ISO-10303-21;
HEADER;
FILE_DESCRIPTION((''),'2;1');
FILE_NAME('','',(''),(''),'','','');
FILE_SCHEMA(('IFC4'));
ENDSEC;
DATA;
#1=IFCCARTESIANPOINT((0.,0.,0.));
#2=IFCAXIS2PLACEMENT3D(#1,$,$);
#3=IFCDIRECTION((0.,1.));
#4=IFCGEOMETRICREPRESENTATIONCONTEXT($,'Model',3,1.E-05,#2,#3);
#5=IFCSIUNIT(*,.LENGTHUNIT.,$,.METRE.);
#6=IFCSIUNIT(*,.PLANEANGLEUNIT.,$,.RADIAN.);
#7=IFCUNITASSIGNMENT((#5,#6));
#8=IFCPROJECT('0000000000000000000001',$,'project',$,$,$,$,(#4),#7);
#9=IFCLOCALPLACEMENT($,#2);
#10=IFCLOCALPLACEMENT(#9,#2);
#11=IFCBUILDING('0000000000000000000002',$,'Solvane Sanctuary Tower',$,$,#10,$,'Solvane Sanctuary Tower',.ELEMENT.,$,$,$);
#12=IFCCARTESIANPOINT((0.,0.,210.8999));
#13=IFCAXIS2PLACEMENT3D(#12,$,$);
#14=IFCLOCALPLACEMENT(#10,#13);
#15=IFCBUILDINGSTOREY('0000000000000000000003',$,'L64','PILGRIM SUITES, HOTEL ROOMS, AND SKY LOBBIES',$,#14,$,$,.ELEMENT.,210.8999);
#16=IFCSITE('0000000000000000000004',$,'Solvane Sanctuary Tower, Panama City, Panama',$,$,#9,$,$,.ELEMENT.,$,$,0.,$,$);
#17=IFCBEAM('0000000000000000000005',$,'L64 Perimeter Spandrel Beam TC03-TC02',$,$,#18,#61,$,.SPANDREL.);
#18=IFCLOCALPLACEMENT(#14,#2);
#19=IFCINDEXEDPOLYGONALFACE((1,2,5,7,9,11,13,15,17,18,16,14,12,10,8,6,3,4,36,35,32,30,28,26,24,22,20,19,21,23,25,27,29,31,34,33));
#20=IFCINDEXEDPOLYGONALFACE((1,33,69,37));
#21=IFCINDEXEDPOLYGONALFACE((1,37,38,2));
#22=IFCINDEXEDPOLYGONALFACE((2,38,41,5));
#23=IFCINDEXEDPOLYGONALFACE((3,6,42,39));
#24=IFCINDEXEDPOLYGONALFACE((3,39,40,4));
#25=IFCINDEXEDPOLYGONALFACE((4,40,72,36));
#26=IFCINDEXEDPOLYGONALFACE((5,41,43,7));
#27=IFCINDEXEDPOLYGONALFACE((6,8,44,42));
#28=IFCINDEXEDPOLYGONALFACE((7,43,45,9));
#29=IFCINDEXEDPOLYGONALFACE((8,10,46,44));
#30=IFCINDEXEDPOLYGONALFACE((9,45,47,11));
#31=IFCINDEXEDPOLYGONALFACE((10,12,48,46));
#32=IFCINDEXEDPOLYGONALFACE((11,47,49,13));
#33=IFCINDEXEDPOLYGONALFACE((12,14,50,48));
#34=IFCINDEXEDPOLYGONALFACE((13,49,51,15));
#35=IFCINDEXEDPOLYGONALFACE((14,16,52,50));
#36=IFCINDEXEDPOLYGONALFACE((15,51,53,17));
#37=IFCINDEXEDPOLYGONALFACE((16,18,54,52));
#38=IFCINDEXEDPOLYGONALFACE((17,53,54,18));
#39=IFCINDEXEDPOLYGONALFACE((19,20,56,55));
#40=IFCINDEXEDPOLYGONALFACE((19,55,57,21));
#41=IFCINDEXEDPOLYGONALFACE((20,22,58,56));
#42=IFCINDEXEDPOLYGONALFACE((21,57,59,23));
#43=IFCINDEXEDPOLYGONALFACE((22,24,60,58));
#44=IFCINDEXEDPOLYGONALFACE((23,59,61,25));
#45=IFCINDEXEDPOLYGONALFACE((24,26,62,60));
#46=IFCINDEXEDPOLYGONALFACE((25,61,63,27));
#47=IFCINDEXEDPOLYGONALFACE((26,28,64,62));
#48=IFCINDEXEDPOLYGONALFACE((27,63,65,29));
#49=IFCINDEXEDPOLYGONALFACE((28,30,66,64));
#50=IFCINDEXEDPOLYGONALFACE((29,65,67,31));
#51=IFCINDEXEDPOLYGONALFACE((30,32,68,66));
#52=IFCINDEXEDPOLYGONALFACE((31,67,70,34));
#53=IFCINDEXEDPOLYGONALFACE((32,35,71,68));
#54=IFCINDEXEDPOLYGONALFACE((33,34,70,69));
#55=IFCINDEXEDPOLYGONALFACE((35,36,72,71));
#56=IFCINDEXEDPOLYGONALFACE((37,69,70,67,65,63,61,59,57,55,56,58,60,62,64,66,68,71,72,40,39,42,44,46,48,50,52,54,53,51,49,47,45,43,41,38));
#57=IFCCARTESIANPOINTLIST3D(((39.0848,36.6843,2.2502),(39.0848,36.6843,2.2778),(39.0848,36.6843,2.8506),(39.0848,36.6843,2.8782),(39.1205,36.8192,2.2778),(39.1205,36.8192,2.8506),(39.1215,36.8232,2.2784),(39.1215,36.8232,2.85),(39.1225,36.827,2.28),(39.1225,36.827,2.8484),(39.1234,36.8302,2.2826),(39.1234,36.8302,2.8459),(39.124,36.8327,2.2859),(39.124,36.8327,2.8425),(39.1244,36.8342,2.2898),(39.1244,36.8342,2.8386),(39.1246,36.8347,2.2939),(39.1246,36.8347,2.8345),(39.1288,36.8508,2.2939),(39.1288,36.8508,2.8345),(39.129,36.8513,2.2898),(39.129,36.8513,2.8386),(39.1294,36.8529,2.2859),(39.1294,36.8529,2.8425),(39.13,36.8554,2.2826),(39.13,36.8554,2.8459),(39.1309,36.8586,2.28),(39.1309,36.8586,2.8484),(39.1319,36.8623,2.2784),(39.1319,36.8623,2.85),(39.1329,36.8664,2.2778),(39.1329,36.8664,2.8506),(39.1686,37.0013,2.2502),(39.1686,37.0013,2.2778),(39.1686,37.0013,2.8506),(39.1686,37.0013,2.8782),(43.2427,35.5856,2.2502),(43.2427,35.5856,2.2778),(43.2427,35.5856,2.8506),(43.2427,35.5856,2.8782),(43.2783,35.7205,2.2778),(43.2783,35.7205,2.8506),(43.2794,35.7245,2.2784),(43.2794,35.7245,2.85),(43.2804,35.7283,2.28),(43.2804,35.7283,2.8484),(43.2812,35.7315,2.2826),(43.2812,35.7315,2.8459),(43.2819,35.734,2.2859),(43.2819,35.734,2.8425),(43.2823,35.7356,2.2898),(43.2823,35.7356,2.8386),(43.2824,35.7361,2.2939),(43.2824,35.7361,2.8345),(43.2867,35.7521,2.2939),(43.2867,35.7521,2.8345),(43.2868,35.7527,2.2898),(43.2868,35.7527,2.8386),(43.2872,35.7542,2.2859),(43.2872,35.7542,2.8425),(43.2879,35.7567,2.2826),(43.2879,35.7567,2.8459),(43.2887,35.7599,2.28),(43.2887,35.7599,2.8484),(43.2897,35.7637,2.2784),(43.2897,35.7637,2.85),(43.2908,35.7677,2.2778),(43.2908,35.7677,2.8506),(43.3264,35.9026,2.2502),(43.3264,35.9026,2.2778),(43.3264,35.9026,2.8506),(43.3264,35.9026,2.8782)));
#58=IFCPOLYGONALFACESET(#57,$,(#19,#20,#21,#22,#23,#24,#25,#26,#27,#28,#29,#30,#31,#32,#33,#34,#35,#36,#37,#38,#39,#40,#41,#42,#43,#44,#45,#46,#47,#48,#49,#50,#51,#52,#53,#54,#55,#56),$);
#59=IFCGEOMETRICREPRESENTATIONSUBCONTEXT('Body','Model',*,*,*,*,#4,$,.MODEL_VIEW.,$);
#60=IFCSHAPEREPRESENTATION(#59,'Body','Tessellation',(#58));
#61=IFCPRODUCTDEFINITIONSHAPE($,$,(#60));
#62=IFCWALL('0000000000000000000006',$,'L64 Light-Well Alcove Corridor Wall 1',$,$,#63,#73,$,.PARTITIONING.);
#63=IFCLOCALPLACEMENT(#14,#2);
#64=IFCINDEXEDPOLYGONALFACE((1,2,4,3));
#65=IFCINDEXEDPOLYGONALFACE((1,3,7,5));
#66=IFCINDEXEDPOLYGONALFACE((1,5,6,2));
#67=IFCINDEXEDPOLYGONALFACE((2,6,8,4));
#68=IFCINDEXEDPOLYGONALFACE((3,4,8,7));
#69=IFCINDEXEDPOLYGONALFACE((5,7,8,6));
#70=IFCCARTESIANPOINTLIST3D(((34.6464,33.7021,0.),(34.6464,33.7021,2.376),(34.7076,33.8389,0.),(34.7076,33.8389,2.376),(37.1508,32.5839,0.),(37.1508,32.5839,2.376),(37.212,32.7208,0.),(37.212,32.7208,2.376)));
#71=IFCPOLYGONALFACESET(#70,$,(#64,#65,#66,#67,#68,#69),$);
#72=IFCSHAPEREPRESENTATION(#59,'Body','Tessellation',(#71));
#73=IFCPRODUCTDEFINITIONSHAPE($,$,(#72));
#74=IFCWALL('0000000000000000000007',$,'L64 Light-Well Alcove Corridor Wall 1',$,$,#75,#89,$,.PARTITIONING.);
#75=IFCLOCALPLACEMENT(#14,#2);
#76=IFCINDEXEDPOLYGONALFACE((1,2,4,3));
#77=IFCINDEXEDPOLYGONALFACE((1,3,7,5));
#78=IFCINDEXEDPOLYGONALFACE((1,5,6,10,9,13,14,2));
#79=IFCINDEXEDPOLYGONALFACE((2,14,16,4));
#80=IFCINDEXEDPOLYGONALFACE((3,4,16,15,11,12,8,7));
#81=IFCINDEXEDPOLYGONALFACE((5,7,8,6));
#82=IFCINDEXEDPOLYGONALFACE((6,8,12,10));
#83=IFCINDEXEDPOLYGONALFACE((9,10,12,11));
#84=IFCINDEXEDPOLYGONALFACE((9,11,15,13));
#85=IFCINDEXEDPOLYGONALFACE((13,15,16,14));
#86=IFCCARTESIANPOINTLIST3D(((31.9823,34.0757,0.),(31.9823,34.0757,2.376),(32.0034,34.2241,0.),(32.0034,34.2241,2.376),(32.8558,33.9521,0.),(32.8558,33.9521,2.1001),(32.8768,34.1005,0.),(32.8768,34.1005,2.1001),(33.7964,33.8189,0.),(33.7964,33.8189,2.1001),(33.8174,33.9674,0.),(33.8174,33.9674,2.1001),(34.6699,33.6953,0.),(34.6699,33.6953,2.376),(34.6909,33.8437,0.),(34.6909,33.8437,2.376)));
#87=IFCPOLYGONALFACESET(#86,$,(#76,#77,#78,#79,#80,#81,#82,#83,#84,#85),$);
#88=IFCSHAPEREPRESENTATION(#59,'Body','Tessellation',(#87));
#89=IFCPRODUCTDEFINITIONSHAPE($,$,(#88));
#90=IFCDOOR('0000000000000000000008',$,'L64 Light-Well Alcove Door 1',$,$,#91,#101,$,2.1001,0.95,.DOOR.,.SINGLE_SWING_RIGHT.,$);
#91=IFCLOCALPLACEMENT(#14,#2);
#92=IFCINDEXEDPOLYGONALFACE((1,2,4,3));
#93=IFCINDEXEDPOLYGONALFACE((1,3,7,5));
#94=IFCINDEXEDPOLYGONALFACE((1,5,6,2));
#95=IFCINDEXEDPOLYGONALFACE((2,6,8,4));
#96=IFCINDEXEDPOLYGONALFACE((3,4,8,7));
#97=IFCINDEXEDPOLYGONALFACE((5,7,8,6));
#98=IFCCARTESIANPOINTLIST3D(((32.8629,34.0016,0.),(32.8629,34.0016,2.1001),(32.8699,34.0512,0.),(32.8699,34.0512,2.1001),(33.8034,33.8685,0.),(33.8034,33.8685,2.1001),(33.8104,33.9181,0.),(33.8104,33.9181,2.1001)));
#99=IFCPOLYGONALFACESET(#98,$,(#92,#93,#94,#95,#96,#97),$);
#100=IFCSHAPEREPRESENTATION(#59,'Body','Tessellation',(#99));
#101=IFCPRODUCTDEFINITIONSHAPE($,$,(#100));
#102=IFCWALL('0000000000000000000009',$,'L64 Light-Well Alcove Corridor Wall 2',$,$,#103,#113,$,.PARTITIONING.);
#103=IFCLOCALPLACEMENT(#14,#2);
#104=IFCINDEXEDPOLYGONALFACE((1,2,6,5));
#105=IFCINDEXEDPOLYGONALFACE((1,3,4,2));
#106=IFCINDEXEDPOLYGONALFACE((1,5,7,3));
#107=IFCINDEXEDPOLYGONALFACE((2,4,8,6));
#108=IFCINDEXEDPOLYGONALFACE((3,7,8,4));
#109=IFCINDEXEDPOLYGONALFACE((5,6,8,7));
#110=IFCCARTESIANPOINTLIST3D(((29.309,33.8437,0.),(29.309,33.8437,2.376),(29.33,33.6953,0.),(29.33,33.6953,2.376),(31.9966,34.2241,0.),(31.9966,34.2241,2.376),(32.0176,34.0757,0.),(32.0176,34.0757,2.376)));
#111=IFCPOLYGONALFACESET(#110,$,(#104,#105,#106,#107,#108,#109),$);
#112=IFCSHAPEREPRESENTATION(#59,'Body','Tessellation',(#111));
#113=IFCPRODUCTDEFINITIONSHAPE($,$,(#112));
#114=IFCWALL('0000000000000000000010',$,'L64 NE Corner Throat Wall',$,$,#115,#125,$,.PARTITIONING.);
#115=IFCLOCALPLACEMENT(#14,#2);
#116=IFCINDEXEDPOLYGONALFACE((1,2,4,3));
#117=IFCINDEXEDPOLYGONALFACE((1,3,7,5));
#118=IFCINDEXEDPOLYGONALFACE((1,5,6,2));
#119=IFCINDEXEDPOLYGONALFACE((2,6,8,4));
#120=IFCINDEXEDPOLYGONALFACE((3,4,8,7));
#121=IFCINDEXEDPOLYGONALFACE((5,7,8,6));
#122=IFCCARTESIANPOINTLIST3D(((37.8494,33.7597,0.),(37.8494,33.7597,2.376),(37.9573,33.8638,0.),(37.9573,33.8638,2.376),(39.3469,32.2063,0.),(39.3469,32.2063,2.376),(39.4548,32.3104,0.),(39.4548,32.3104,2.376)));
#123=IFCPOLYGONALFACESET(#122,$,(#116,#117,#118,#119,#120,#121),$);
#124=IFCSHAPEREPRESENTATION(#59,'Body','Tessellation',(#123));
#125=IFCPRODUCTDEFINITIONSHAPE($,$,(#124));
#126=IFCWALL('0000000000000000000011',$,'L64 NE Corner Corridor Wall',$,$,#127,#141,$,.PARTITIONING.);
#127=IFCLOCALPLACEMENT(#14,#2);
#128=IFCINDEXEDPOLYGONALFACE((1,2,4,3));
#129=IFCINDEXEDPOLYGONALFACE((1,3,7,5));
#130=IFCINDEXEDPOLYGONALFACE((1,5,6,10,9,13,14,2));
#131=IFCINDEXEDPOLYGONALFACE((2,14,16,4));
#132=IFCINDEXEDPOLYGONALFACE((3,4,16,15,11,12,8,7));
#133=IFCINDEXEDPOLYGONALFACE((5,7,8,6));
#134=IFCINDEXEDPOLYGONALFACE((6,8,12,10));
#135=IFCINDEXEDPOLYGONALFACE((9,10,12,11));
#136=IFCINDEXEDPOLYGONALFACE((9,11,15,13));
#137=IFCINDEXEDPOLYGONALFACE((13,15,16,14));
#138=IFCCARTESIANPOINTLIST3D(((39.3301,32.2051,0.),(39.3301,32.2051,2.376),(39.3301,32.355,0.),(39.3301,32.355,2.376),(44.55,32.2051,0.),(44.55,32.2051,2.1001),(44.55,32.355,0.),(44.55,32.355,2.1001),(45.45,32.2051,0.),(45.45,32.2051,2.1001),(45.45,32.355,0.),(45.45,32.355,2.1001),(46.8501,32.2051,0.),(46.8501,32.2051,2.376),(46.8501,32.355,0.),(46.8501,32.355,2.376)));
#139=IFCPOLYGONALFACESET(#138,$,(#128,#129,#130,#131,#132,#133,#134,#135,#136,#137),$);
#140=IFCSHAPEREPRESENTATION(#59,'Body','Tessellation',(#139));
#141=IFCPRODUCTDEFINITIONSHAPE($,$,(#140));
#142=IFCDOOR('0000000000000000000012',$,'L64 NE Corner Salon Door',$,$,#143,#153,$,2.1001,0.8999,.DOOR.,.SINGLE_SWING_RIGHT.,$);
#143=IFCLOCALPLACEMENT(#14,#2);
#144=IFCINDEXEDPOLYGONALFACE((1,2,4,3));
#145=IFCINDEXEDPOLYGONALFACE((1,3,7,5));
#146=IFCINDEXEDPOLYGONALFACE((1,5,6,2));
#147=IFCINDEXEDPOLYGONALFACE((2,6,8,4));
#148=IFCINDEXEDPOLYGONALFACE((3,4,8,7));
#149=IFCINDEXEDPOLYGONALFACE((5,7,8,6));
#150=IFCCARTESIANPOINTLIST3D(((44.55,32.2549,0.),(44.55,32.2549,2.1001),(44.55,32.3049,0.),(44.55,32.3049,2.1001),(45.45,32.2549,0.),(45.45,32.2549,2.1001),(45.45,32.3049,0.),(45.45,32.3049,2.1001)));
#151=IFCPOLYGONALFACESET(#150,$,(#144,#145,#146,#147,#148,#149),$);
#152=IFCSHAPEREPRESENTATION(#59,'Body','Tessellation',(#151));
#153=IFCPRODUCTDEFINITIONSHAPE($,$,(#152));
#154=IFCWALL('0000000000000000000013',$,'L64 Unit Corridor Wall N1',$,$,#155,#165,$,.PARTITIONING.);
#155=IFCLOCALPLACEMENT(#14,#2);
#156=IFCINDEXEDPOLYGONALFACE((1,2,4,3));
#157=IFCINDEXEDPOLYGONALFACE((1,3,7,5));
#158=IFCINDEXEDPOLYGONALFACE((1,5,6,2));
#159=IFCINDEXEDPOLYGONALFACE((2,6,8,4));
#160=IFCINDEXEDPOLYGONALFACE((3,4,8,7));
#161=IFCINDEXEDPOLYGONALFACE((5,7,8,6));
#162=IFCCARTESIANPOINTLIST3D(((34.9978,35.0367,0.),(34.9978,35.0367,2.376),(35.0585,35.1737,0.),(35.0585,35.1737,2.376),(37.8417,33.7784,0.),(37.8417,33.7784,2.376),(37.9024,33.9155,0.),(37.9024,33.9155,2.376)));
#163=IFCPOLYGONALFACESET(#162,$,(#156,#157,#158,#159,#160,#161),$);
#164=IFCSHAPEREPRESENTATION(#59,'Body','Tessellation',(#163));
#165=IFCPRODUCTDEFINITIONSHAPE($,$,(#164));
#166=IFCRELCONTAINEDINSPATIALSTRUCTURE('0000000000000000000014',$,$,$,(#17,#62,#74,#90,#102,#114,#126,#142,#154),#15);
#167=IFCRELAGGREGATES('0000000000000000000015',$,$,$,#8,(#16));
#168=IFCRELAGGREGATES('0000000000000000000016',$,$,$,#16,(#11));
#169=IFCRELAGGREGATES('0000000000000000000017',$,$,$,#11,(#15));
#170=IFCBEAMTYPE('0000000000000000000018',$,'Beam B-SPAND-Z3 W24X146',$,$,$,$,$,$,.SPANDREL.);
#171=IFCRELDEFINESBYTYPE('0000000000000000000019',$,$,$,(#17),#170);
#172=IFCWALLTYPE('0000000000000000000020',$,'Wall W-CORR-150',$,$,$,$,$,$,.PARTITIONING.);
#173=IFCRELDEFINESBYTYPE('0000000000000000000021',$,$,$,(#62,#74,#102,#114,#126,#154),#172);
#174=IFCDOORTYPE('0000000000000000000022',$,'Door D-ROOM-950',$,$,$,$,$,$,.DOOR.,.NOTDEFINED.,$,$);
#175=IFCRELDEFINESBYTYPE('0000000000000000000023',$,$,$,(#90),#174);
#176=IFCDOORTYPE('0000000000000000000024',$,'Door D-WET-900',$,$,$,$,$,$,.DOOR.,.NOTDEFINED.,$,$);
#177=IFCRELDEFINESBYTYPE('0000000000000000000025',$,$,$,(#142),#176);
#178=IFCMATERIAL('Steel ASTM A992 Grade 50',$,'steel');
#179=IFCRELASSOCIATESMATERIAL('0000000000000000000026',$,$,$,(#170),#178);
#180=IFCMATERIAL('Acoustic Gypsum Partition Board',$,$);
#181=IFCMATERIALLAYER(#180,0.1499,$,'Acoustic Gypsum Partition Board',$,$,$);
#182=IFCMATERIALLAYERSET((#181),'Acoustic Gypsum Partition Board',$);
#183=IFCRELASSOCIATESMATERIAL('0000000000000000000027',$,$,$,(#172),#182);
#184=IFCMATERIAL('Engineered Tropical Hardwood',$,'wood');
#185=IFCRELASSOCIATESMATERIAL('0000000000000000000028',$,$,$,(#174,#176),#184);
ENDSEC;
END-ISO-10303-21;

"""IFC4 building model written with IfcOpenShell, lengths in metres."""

from ifc_helpers import new_model, si_unit, direction, frame, frame_2d, origin, origin_2d, place, context, subcontext, project, spatial, rectangle, i_section, extrude, material, layer, layer_set, material_profile, profile_set, type_object, element, fill, save


model = new_model("IFC4")

# Units and contexts
model_context = context("Model", 3, precision=1e-05, world=origin(), true_north=direction((0.0, 1.0)))
body_context = subcontext(model_context, "Body", "Model", "MODEL_VIEW")
ifc_project = project(units=[si_unit("LENGTHUNIT", "METRE"), si_unit("PLANEANGLEUNIT", "RADIAN")], contexts=[model_context])

# Site, building, storey
site_placement = place(None, origin())
site = spatial("IfcSite", under=ifc_project, at=site_placement, Name="Solvane Sanctuary Tower, Panama City, Panama", CompositionType="ELEMENT", RefElevation=0.0)
building_placement = place(site_placement, origin())
building = spatial("IfcBuilding", under=site, at=building_placement, Name="Solvane Sanctuary Tower", LongName="Solvane Sanctuary Tower", CompositionType="ELEMENT")
storey_placement = place(building_placement, frame((0.0, 0.0, 210.8999)))
storey = spatial("IfcBuildingStorey", under=building, at=storey_placement, Name="L64", Description="PILGRIM SUITES, HOTEL ROOMS, AND SKY LOBBIES", CompositionType="ELEMENT", Elevation=210.8999)

# Beam
ifc_material_1 = material(Name="Steel ASTM A992 Grade 50", Category="steel")
ifc_material_profile_1 = material_profile(ifc_material_1, i_section(OverallWidth=0.3279, OverallDepth=0.6279, WebThickness=0.0166, FlangeThickness=0.0276, FilletRadius=0.0161, at=origin_2d()), Name="W24X146")
ifc_profile_set_1 = profile_set([ifc_material_profile_1], Name="Steel ASTM A992 Grade 50")
beam_type_1 = type_object("IfcBeamType", Name="Beam B-SPAND-Z3 W24X146", PredefinedType="SPANDREL", material=ifc_profile_set_1)
beam_1_placement = place(storey_placement, frame((39.1267, 36.8428, 2.5642), z_axis=(0.966817, -0.255471, 0.0), x_axis=(0.255471, 0.966817, 0.0)))
element("IfcBeam", 1, at=beam_1_placement, inside=storey, type_object=beam_type_1, Name="L64 Perimeter Spandrel Beam TC03-TC02", PredefinedType="SPANDREL", context=body_context, shape_type="SweptSolid", body=[
    extrude(i_section(OverallWidth=0.3279, OverallDepth=0.6279, WebThickness=0.0166, FlangeThickness=0.0276, FilletRadius=0.0161, at=origin_2d()), origin(), (0.0, 0.0, 1.0), 4.3005),
])

# Wall
ifc_material_2 = material(Name="Acoustic Gypsum Partition Board")
ifc_layer_1 = layer(ifc_material_2, 0.1499, Name="Acoustic Gypsum Partition Board")
ifc_layer_set_1 = layer_set([ifc_layer_1], Name="Acoustic Gypsum Partition Board")
wall_type_1 = type_object("IfcWallType", Name="Wall W-CORR-150", PredefinedType="PARTITIONING", material=ifc_layer_set_1)
wall_1_placement = place(storey_placement, frame((37.1814, 32.6523, 0.0), z_axis=(0.0, 0.0, 1.0), x_axis=(-0.91312, 0.407691, 0.0)))
element("IfcWall", 2, at=wall_1_placement, inside=storey, type_object=wall_type_1, Name="L64 Light-Well Alcove Corridor Wall 1", PredefinedType="PARTITIONING", context=body_context, shape_type="SweptSolid", body=[
    extrude(rectangle(XDim=2.7427, YDim=0.1499, at=frame_2d((1.3713, 0.0))), origin(), (0.0, 0.0, 1.0), 2.376),
])

# Wall, opening, door
wall_2_placement = place(storey_placement, frame((34.6804, 33.7695, 0.0), z_axis=(0.0, 0.0, 1.0), x_axis=(-0.990132, 0.140137, 0.0)))
wall_2 = element("IfcWall", 3, at=wall_2_placement, inside=storey, type_object=wall_type_1, Name="L64 Light-Well Alcove Corridor Wall 1", PredefinedType="PARTITIONING", context=body_context, shape_type="SweptSolid", body=[
    extrude(rectangle(XDim=2.7144, YDim=0.1499, at=frame_2d((1.3572, 0.0))), origin(), (0.0, 0.0, 1.0), 2.376),
])
opening_1_placement = place(wall_2_placement, frame((0.8821, 0.0, 0.0)))
opening_1 = element("IfcOpeningElement", 4, at=opening_1_placement, cuts=wall_2, PredefinedType="OPENING", context=body_context, shape_type="SweptSolid", body=[
    extrude(rectangle(XDim=0.95, YDim=2.1001, at=frame_2d((0.4751, 1.05))), frame((0.0, 0.085, 0.0), z_axis=(0.0, -1.0, 0.0), x_axis=(1.0, 0.0, 0.0)), (0.0, 0.0, 1.0), 0.1699),
])
ifc_material_3 = material(Name="Engineered Tropical Hardwood", Category="wood")
door_type_1 = type_object("IfcDoorType", Name="Door D-ROOM-950", OperationType="NOTDEFINED", PredefinedType="DOOR", material=ifc_material_3)
door_1_placement = place(opening_1_placement, origin())
door_1 = element("IfcDoor", 5, at=door_1_placement, inside=storey, type_object=door_type_1, Name="L64 Light-Well Alcove Door 1", OperationType="SINGLE_SWING_RIGHT", OverallHeight=2.1001, OverallWidth=0.95, PredefinedType="DOOR", context=body_context, shape_type="SweptSolid", body=[
    extrude(rectangle(XDim=0.95, YDim=2.1001, at=frame_2d((0.4751, 1.05))), frame((0.0, 0.0249, 0.0), z_axis=(0.0, -1.0, 0.0), x_axis=(1.0, 0.0, 0.0)), (0.0, 0.0, 1.0), 0.05),
])
fill(opening_1, door_1)

# Walls
wall_3_placement = place(storey_placement, frame((32.0071, 34.1499, 0.0), z_axis=(0.0, 0.0, 1.0), x_axis=(-0.990132, -0.140137, 0.0)))
element("IfcWall", 6, at=wall_3_placement, inside=storey, type_object=wall_type_1, Name="L64 Light-Well Alcove Corridor Wall 2", PredefinedType="PARTITIONING", context=body_context, shape_type="SweptSolid", body=[
    extrude(rectangle(XDim=2.7144, YDim=0.1499, at=frame_2d((1.3572, 0.0))), origin(), (0.0, 0.0, 1.0), 2.376),
])
wall_4_placement = place(storey_placement, frame((37.9033, 33.8118, 0.0), z_axis=(0.0, 0.0, 1.0), x_axis=(0.694033, -0.719943, 0.0)))
element("IfcWall", 7, at=wall_4_placement, inside=storey, type_object=wall_type_1, Name="L64 NE Corner Throat Wall", PredefinedType="PARTITIONING", context=body_context, shape_type="SweptSolid", body=[
    extrude(rectangle(XDim=2.1577, YDim=0.1499, at=frame_2d((1.0789, 0.0))), origin(), (0.0, 0.0, 1.0), 2.376),
])

# Wall, opening, door
wall_5_placement = place(storey_placement, frame((39.3301, 32.28, 0.0), z_axis=(0.0, 0.0, 1.0), x_axis=(1.0, 0.0, 0.0)))
wall_5 = element("IfcWall", 8, at=wall_5_placement, inside=storey, type_object=wall_type_1, Name="L64 NE Corner Corridor Wall", PredefinedType="PARTITIONING", context=body_context, shape_type="SweptSolid", body=[
    extrude(rectangle(XDim=7.52, YDim=0.1499, at=frame_2d((3.76, 0.0))), origin(), (0.0, 0.0, 1.0), 2.376),
])
opening_2_placement = place(wall_5_placement, frame((5.22, 0.0, 0.0)))
opening_2 = element("IfcOpeningElement", 9, at=opening_2_placement, cuts=wall_5, PredefinedType="OPENING", context=body_context, shape_type="SweptSolid", body=[
    extrude(rectangle(XDim=0.8999, YDim=2.1001, at=frame_2d((0.45, 1.05))), frame((0.0, 0.085, 0.0), z_axis=(0.0, -1.0, 0.0), x_axis=(1.0, 0.0, 0.0)), (0.0, 0.0, 1.0), 0.1699),
])
door_type_2 = type_object("IfcDoorType", Name="Door D-WET-900", OperationType="NOTDEFINED", PredefinedType="DOOR", material=ifc_material_3)
door_2_placement = place(opening_2_placement, origin())
door_2 = element("IfcDoor", 10, at=door_2_placement, inside=storey, type_object=door_type_2, Name="L64 NE Corner Salon Door", OperationType="SINGLE_SWING_RIGHT", OverallHeight=2.1001, OverallWidth=0.8999, PredefinedType="DOOR", context=body_context, shape_type="SweptSolid", body=[
    extrude(rectangle(XDim=0.8999, YDim=2.1001, at=frame_2d((0.45, 1.05))), frame((0.0, 0.0249, 0.0), z_axis=(0.0, -1.0, 0.0), x_axis=(1.0, 0.0, 0.0)), (0.0, 0.0, 1.0), 0.05),
])
fill(opening_2, door_2)

# Wall
wall_6_placement = place(storey_placement, frame((37.8721, 33.8469, 0.0), z_axis=(0.0, 0.0, 1.0), x_axis=(-0.91449, 0.404608, 0.0)))
element("IfcWall", 11, at=wall_6_placement, inside=storey, type_object=wall_type_1, Name="L64 Unit Corridor Wall N1", PredefinedType="PARTITIONING", context=body_context, shape_type="SweptSolid", body=[
    extrude(rectangle(XDim=3.1099, YDim=0.1499, at=frame_2d((1.5549, 0.0))), origin(), (0.0, 0.0, 1.0), 2.376),
])

save(model, "model.ifc")
